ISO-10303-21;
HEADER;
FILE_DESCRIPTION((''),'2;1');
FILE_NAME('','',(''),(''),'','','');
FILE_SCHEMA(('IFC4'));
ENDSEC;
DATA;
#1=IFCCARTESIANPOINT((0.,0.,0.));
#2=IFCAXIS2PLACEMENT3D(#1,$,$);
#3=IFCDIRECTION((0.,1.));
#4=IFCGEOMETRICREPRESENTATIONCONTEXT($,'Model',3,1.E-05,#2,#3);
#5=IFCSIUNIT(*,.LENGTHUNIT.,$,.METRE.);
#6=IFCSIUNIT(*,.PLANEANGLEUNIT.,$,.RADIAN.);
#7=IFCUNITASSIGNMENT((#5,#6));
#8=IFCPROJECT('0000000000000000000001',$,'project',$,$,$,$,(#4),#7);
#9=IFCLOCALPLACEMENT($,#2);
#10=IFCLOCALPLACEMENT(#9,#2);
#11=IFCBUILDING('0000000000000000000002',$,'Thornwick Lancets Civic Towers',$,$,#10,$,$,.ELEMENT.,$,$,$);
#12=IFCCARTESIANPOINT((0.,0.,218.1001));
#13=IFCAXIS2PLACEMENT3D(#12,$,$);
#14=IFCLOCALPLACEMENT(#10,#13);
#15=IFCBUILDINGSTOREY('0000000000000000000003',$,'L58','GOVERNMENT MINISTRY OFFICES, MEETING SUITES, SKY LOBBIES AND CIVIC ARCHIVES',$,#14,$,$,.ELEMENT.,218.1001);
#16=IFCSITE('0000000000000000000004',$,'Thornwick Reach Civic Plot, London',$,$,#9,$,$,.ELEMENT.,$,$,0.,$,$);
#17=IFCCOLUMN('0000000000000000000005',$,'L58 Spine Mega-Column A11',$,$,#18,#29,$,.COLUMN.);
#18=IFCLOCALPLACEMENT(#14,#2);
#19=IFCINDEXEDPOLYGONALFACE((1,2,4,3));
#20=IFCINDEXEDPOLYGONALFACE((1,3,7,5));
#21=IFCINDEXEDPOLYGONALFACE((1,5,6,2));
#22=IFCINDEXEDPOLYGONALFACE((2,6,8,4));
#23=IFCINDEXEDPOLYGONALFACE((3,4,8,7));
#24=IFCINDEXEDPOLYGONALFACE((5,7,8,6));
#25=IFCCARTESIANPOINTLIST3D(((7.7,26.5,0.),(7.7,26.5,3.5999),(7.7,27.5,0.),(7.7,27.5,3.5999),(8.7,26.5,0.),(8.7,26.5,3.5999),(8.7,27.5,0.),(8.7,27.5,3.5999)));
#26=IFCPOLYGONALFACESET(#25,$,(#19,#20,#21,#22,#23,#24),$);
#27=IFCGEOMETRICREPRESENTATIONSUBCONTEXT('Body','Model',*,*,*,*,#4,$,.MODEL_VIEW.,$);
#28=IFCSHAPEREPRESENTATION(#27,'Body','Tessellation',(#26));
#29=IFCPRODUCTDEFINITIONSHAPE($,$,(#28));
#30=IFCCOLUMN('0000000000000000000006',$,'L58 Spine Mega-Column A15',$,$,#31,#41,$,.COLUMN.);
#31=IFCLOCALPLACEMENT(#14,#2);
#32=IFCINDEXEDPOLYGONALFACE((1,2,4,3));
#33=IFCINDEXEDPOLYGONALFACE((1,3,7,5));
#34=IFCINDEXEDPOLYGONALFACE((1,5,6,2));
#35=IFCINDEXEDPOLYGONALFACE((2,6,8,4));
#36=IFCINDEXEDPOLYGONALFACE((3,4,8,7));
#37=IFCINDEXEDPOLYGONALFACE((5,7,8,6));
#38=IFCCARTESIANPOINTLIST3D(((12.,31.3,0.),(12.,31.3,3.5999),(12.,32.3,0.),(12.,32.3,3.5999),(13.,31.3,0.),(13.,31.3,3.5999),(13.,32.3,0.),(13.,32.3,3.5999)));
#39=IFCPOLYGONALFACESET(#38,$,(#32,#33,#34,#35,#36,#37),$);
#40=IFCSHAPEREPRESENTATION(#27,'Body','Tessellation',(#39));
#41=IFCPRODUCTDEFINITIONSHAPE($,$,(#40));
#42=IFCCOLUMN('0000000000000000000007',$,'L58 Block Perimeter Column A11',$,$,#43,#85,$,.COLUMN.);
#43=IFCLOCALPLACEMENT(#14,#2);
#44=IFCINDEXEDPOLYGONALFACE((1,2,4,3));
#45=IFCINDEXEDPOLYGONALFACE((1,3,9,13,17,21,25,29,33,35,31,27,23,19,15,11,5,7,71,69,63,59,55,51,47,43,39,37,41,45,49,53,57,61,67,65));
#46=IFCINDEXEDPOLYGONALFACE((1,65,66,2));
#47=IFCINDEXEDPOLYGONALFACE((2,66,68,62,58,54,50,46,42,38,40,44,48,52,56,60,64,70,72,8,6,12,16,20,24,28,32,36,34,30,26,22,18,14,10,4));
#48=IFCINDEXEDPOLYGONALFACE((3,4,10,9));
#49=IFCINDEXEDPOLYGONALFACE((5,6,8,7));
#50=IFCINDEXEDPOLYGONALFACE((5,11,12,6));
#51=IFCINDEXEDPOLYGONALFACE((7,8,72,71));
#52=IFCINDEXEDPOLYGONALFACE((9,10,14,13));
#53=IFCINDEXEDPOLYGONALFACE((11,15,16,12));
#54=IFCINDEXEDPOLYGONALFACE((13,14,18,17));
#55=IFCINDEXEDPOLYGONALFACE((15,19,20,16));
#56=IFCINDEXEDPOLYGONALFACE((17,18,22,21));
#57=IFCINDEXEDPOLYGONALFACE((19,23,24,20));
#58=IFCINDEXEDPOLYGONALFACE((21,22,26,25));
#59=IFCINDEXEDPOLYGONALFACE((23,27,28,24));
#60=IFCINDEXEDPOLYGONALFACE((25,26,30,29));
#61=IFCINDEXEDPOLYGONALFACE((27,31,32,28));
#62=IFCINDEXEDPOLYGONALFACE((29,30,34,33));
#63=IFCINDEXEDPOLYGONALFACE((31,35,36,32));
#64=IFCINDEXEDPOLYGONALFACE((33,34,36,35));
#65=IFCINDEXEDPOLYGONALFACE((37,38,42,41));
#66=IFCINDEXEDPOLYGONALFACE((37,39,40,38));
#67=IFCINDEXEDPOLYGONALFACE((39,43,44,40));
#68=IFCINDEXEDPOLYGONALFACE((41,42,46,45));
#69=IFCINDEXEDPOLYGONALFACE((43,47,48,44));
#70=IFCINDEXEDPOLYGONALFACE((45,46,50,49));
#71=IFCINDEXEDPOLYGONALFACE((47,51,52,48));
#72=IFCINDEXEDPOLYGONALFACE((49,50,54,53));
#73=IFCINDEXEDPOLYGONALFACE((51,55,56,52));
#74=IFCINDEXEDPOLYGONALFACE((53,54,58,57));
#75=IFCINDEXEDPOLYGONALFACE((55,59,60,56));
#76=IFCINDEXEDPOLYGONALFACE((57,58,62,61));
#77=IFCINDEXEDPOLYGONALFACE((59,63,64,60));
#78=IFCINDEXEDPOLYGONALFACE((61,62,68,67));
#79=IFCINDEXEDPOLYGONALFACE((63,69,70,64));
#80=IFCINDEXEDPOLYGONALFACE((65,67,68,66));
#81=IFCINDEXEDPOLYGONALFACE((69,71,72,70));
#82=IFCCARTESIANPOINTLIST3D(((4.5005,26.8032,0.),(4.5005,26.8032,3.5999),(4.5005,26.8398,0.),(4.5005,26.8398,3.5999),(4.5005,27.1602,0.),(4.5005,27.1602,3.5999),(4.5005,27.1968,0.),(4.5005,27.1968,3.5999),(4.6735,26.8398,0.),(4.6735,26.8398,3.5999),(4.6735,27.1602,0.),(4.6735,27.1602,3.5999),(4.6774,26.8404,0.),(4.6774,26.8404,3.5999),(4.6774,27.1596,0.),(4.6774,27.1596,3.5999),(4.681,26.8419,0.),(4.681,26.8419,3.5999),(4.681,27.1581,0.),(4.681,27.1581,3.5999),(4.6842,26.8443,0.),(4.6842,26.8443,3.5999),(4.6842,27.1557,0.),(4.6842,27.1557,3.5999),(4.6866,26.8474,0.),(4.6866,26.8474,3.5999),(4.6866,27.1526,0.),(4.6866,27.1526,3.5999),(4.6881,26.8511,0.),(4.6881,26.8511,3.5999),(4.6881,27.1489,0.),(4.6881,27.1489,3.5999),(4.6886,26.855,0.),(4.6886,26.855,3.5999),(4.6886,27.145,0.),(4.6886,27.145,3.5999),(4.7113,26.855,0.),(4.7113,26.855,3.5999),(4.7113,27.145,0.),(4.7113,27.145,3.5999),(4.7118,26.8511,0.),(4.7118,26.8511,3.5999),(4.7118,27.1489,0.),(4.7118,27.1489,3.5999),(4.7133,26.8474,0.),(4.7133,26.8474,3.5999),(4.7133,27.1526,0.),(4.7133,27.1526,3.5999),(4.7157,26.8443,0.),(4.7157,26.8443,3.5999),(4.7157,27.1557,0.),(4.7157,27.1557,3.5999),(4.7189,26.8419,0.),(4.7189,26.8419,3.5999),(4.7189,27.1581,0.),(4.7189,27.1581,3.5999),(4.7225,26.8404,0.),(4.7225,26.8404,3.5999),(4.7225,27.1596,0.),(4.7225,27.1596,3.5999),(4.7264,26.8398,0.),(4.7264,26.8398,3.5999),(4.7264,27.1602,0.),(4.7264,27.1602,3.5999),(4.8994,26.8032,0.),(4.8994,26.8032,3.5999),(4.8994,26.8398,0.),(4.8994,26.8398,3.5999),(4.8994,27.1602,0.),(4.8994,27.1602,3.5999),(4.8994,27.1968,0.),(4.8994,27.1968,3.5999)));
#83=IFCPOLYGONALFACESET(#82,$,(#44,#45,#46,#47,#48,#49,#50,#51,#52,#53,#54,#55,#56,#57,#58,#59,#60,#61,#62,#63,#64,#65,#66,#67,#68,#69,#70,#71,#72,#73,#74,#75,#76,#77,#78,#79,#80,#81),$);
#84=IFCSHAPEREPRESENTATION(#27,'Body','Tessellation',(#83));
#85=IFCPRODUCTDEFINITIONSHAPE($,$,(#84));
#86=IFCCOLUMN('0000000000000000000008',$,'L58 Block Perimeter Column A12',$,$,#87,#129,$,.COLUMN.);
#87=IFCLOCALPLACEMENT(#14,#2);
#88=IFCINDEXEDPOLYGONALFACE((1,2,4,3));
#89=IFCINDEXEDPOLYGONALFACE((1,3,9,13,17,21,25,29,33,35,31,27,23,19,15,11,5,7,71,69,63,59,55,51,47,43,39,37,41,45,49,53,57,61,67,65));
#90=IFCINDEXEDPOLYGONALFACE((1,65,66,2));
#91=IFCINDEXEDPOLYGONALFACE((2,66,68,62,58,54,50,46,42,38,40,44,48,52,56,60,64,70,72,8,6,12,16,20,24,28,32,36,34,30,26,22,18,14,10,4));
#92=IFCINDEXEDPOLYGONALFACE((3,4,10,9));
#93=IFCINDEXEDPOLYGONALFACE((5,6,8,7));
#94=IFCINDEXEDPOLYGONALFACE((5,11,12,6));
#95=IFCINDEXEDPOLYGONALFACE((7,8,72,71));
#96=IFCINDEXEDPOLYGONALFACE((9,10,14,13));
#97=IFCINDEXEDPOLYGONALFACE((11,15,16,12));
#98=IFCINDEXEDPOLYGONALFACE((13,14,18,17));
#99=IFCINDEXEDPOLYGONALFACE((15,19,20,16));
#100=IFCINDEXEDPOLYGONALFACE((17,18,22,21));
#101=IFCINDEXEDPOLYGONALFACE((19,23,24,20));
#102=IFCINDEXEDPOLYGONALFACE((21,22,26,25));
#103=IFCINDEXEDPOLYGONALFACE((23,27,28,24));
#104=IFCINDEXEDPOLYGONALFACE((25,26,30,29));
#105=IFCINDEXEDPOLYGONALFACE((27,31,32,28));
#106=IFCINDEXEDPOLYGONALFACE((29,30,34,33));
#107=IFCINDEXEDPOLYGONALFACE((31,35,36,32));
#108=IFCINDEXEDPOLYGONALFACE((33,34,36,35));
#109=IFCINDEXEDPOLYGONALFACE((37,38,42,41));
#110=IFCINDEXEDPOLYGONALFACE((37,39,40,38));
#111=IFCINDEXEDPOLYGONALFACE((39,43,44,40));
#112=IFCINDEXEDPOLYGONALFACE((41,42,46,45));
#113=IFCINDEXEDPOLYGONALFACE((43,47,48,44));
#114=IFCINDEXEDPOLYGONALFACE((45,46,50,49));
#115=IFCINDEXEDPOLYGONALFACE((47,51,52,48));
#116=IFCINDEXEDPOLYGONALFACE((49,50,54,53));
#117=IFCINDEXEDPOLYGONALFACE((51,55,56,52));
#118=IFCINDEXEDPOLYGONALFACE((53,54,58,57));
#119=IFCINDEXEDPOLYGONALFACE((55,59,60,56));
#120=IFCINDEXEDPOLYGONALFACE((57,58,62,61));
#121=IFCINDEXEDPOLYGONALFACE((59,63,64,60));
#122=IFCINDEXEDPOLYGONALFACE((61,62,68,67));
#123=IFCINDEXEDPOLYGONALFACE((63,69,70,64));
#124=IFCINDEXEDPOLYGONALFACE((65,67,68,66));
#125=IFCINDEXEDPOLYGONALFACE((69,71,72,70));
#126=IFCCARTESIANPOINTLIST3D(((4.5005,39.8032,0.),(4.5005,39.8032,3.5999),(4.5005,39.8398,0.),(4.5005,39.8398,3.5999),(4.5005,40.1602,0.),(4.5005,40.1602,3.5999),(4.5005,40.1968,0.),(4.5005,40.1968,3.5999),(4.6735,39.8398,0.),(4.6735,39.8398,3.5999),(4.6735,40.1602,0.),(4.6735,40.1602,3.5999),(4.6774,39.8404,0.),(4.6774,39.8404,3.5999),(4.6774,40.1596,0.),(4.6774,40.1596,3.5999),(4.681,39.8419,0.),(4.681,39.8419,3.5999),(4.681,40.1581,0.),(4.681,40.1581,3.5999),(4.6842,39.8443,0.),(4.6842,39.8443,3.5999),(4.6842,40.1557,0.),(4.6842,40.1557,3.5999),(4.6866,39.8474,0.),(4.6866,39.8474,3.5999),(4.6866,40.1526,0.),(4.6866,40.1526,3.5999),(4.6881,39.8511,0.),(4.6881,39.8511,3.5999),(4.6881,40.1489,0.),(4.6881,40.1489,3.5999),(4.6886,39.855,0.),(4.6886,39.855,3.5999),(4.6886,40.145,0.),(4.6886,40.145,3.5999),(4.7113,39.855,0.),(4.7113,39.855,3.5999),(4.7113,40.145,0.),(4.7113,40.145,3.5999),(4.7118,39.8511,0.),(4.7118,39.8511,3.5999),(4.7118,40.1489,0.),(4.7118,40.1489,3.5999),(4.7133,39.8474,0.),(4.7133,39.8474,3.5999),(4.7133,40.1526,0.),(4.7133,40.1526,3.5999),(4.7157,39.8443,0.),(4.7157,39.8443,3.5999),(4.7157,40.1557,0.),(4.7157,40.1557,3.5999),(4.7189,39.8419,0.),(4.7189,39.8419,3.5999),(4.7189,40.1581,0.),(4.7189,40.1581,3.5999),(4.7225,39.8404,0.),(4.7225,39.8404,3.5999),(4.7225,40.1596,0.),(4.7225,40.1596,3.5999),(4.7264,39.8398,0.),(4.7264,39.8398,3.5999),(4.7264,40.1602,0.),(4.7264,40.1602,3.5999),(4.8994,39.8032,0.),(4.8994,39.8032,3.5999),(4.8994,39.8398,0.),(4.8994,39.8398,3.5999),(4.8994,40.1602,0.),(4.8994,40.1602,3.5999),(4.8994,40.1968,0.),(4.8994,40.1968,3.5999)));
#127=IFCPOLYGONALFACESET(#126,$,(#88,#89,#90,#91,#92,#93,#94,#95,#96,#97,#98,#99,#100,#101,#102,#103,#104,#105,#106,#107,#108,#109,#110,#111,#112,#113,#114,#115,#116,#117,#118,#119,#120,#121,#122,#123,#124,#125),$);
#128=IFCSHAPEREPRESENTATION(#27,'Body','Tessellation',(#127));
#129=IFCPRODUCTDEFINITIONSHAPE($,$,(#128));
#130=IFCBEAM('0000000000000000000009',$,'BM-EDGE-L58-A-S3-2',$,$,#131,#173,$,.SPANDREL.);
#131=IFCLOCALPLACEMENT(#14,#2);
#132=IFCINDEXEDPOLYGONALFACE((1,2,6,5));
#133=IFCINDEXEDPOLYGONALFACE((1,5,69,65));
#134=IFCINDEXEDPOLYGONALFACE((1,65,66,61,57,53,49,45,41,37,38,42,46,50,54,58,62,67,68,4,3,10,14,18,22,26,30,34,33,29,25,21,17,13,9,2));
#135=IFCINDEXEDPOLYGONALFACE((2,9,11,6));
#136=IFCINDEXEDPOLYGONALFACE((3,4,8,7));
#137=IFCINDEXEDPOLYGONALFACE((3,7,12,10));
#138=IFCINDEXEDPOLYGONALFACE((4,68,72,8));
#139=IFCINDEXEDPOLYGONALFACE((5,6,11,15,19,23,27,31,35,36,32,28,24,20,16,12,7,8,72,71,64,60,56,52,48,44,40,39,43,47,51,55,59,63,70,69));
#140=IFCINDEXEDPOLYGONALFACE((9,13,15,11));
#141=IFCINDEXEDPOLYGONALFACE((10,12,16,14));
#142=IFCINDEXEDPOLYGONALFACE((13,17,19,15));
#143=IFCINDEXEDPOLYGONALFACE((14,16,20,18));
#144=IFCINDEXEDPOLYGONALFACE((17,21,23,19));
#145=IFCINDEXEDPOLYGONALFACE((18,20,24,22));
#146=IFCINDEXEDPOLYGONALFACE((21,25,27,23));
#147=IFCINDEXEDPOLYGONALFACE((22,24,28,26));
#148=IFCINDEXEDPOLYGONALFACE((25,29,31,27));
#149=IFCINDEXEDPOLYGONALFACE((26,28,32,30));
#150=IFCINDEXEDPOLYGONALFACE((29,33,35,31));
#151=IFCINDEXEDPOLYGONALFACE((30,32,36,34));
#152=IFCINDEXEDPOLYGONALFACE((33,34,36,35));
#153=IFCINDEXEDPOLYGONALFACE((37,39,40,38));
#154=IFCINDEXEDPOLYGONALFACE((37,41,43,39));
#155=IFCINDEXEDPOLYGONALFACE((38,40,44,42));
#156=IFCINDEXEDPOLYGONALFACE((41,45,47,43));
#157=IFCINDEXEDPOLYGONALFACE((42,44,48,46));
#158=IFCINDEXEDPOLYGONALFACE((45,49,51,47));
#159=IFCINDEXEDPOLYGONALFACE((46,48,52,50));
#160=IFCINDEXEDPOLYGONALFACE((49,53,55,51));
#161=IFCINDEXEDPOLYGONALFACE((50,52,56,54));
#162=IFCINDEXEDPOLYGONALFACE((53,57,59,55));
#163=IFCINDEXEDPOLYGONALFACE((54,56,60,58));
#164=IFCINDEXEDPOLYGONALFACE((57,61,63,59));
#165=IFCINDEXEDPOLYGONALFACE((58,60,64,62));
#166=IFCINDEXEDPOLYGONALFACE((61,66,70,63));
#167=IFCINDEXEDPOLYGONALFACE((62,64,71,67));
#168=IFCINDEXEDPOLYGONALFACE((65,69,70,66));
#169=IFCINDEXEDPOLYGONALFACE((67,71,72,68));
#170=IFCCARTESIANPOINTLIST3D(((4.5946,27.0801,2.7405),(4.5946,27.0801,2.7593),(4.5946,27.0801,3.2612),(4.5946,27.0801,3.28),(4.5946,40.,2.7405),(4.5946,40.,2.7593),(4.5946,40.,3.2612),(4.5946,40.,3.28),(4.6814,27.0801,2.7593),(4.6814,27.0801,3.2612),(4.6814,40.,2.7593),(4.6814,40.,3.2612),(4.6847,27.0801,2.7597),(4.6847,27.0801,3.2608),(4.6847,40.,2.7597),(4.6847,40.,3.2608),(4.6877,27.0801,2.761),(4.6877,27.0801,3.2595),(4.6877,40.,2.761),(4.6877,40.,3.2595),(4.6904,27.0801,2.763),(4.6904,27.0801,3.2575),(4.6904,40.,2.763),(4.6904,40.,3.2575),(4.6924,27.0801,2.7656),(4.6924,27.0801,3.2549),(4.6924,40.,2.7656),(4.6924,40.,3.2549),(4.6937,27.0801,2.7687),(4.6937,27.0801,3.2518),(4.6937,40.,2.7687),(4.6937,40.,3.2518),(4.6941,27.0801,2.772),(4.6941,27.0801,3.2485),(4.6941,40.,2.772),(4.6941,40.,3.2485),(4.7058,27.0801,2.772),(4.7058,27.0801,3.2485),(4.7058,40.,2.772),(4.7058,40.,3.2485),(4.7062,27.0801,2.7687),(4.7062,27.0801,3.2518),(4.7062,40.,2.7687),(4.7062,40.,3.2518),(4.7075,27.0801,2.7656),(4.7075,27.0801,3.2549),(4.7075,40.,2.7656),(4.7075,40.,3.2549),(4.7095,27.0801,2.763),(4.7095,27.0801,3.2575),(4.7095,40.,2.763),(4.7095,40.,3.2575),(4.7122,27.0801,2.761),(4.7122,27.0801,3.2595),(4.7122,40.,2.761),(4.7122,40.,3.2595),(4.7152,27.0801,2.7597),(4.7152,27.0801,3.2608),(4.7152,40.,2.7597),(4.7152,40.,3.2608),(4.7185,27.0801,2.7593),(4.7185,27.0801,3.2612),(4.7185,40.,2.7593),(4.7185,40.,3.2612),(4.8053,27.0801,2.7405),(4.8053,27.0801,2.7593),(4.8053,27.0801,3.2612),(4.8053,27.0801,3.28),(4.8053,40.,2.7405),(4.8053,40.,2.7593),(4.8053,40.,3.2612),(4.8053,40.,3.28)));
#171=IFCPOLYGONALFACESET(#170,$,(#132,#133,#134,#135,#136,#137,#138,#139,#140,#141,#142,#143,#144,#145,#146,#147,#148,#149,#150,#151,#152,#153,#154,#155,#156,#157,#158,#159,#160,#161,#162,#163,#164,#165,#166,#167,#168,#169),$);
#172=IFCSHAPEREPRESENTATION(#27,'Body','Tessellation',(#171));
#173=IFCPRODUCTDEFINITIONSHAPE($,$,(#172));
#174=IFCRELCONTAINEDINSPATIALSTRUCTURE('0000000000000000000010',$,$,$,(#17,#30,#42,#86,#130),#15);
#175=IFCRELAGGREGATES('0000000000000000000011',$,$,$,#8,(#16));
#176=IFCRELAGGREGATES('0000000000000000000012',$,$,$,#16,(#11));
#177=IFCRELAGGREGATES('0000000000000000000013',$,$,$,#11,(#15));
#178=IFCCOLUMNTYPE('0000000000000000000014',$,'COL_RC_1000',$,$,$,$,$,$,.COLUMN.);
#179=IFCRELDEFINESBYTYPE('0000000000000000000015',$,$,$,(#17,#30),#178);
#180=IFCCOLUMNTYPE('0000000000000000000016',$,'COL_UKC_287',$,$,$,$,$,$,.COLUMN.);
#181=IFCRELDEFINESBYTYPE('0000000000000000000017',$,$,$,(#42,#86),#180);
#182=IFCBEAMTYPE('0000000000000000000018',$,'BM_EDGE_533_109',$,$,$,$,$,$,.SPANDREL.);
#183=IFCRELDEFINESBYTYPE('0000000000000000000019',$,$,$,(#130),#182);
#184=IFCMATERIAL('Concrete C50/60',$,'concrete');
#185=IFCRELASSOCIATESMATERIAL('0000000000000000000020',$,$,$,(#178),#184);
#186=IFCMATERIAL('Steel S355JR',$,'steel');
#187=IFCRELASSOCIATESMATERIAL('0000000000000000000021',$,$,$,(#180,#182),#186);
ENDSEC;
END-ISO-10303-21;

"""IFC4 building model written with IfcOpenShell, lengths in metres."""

from ifc_helpers import new_model, si_unit, direction, frame, origin, origin_2d, place, context, subcontext, project, spatial, rectangle, i_section, extrude, material, material_profile, profile_set, type_object, element, save


model = new_model("IFC4")

# Units and contexts
model_context = context("Model", 3, precision=1e-05, world=origin(), true_north=direction((0.0, 1.0)))
body_context = subcontext(model_context, "Body", "Model", "MODEL_VIEW")
ifc_project = project(units=[si_unit("LENGTHUNIT", "METRE"), si_unit("PLANEANGLEUNIT", "RADIAN")], contexts=[model_context])

# Site, building, storey
site_placement = place(None, origin())
site = spatial("IfcSite", under=ifc_project, at=site_placement, Name="Thornwick Reach Civic Plot, London", CompositionType="ELEMENT", RefElevation=0.0)
building_placement = place(site_placement, origin())
building = spatial("IfcBuilding", under=site, at=building_placement, Name="Thornwick Lancets Civic Towers", CompositionType="ELEMENT")
storey_placement = place(building_placement, frame((0.0, 0.0, 218.1001)))
storey = spatial("IfcBuildingStorey", under=building, at=storey_placement, Name="L58", Description="GOVERNMENT MINISTRY OFFICES, MEETING SUITES, SKY LOBBIES AND CIVIC ARCHIVES", CompositionType="ELEMENT", Elevation=218.1001)

# Columns
ifc_material_1 = material(Name="Concrete C50/60", Category="concrete")
ifc_material_profile_1 = material_profile(ifc_material_1, rectangle(XDim=1.0, YDim=1.0, at=origin_2d()), Name="RC 1000x1000")
ifc_profile_set_1 = profile_set([ifc_material_profile_1], Name="Concrete C50/60")
column_type_1 = type_object("IfcColumnType", Name="COL_RC_1000", PredefinedType="COLUMN", material=ifc_profile_set_1)
for number, where, z_axis, x_axis, name in (
    (1, (8.2, 27.0, 0.0), (0.0, 0.0, 1.0), (1.0, 0.0, 0.0), "L58 Spine Mega-Column A11"),
    (2, (12.5, 31.8, 0.0), (0.0, 0.0, 1.0), (1.0, 0.0, 0.0), "L58 Spine Mega-Column A15"),
):
    element("IfcColumn", number, at=place(storey_placement, frame(where, z_axis=z_axis, x_axis=x_axis)), inside=storey, type_object=column_type_1, Name=name, PredefinedType="COLUMN", context=body_context, shape_type="SweptSolid", body=[
        extrude(rectangle(XDim=1.0, YDim=1.0, at=origin_2d()), origin(), (0.0, 0.0, 1.0), 3.5999),
    ])
ifc_material_2 = material(Name="Steel S355JR", Category="steel")
ifc_material_profile_2 = material_profile(ifc_material_2, i_section(OverallWidth=0.3989, OverallDepth=0.3936, WebThickness=0.0227, FlangeThickness=0.0366, FilletRadius=0.0151, at=origin_2d()), Name="UKC 356x406x287")
ifc_profile_set_2 = profile_set([ifc_material_profile_2], Name="Steel S355JR")
column_type_2 = type_object("IfcColumnType", Name="COL_UKC_287", PredefinedType="COLUMN", material=ifc_profile_set_2)
for number, where, z_axis, x_axis, name in (
    (3, (4.7, 27.0, 0.0), (0.0, 0.0, 1.0), (1.0, 0.0, 0.0), "L58 Block Perimeter Column A11"),
    (4, (4.7, 40.0, 0.0), (0.0, 0.0, 1.0), (1.0, 0.0, 0.0), "L58 Block Perimeter Column A12"),
):
    element("IfcColumn", number, at=place(storey_placement, frame(where, z_axis=z_axis, x_axis=x_axis)), inside=storey, type_object=column_type_2, Name=name, PredefinedType="COLUMN", context=body_context, shape_type="SweptSolid", body=[
        extrude(i_section(OverallWidth=0.3989, OverallDepth=0.3936, WebThickness=0.0227, FlangeThickness=0.0366, FilletRadius=0.0151, at=origin_2d()), origin(), (0.0, 0.0, 1.0), 3.5999),
    ])

# Beam
ifc_material_profile_3 = material_profile(ifc_material_2, i_section(OverallWidth=0.2107, OverallDepth=0.5396, WebThickness=0.0117, FlangeThickness=0.0188, FilletRadius=0.0127, at=origin_2d()), Name="UKB 533x210x109")
ifc_profile_set_3 = profile_set([ifc_material_profile_3], Name="Steel S355JR")
beam_type_1 = type_object("IfcBeamType", Name="BM_EDGE_533_109", PredefinedType="SPANDREL", material=ifc_profile_set_3)
beam_1_placement = place(storey_placement, frame((4.7, 27.0801, 3.0103), z_axis=(0.0, 1.0, 0.0), x_axis=(-1.0, 0.0, 0.0)))
element("IfcBeam", 5, at=beam_1_placement, inside=storey, type_object=beam_type_1, Name="BM-EDGE-L58-A-S3-2", PredefinedType="SPANDREL", context=body_context, shape_type="SweptSolid", body=[
    extrude(i_section(OverallWidth=0.2107, OverallDepth=0.5396, WebThickness=0.0117, FlangeThickness=0.0188, FilletRadius=0.0127, at=origin_2d()), origin(), (0.0, 0.0, 1.0), 12.9199),
])

save(model, "model.ifc")
